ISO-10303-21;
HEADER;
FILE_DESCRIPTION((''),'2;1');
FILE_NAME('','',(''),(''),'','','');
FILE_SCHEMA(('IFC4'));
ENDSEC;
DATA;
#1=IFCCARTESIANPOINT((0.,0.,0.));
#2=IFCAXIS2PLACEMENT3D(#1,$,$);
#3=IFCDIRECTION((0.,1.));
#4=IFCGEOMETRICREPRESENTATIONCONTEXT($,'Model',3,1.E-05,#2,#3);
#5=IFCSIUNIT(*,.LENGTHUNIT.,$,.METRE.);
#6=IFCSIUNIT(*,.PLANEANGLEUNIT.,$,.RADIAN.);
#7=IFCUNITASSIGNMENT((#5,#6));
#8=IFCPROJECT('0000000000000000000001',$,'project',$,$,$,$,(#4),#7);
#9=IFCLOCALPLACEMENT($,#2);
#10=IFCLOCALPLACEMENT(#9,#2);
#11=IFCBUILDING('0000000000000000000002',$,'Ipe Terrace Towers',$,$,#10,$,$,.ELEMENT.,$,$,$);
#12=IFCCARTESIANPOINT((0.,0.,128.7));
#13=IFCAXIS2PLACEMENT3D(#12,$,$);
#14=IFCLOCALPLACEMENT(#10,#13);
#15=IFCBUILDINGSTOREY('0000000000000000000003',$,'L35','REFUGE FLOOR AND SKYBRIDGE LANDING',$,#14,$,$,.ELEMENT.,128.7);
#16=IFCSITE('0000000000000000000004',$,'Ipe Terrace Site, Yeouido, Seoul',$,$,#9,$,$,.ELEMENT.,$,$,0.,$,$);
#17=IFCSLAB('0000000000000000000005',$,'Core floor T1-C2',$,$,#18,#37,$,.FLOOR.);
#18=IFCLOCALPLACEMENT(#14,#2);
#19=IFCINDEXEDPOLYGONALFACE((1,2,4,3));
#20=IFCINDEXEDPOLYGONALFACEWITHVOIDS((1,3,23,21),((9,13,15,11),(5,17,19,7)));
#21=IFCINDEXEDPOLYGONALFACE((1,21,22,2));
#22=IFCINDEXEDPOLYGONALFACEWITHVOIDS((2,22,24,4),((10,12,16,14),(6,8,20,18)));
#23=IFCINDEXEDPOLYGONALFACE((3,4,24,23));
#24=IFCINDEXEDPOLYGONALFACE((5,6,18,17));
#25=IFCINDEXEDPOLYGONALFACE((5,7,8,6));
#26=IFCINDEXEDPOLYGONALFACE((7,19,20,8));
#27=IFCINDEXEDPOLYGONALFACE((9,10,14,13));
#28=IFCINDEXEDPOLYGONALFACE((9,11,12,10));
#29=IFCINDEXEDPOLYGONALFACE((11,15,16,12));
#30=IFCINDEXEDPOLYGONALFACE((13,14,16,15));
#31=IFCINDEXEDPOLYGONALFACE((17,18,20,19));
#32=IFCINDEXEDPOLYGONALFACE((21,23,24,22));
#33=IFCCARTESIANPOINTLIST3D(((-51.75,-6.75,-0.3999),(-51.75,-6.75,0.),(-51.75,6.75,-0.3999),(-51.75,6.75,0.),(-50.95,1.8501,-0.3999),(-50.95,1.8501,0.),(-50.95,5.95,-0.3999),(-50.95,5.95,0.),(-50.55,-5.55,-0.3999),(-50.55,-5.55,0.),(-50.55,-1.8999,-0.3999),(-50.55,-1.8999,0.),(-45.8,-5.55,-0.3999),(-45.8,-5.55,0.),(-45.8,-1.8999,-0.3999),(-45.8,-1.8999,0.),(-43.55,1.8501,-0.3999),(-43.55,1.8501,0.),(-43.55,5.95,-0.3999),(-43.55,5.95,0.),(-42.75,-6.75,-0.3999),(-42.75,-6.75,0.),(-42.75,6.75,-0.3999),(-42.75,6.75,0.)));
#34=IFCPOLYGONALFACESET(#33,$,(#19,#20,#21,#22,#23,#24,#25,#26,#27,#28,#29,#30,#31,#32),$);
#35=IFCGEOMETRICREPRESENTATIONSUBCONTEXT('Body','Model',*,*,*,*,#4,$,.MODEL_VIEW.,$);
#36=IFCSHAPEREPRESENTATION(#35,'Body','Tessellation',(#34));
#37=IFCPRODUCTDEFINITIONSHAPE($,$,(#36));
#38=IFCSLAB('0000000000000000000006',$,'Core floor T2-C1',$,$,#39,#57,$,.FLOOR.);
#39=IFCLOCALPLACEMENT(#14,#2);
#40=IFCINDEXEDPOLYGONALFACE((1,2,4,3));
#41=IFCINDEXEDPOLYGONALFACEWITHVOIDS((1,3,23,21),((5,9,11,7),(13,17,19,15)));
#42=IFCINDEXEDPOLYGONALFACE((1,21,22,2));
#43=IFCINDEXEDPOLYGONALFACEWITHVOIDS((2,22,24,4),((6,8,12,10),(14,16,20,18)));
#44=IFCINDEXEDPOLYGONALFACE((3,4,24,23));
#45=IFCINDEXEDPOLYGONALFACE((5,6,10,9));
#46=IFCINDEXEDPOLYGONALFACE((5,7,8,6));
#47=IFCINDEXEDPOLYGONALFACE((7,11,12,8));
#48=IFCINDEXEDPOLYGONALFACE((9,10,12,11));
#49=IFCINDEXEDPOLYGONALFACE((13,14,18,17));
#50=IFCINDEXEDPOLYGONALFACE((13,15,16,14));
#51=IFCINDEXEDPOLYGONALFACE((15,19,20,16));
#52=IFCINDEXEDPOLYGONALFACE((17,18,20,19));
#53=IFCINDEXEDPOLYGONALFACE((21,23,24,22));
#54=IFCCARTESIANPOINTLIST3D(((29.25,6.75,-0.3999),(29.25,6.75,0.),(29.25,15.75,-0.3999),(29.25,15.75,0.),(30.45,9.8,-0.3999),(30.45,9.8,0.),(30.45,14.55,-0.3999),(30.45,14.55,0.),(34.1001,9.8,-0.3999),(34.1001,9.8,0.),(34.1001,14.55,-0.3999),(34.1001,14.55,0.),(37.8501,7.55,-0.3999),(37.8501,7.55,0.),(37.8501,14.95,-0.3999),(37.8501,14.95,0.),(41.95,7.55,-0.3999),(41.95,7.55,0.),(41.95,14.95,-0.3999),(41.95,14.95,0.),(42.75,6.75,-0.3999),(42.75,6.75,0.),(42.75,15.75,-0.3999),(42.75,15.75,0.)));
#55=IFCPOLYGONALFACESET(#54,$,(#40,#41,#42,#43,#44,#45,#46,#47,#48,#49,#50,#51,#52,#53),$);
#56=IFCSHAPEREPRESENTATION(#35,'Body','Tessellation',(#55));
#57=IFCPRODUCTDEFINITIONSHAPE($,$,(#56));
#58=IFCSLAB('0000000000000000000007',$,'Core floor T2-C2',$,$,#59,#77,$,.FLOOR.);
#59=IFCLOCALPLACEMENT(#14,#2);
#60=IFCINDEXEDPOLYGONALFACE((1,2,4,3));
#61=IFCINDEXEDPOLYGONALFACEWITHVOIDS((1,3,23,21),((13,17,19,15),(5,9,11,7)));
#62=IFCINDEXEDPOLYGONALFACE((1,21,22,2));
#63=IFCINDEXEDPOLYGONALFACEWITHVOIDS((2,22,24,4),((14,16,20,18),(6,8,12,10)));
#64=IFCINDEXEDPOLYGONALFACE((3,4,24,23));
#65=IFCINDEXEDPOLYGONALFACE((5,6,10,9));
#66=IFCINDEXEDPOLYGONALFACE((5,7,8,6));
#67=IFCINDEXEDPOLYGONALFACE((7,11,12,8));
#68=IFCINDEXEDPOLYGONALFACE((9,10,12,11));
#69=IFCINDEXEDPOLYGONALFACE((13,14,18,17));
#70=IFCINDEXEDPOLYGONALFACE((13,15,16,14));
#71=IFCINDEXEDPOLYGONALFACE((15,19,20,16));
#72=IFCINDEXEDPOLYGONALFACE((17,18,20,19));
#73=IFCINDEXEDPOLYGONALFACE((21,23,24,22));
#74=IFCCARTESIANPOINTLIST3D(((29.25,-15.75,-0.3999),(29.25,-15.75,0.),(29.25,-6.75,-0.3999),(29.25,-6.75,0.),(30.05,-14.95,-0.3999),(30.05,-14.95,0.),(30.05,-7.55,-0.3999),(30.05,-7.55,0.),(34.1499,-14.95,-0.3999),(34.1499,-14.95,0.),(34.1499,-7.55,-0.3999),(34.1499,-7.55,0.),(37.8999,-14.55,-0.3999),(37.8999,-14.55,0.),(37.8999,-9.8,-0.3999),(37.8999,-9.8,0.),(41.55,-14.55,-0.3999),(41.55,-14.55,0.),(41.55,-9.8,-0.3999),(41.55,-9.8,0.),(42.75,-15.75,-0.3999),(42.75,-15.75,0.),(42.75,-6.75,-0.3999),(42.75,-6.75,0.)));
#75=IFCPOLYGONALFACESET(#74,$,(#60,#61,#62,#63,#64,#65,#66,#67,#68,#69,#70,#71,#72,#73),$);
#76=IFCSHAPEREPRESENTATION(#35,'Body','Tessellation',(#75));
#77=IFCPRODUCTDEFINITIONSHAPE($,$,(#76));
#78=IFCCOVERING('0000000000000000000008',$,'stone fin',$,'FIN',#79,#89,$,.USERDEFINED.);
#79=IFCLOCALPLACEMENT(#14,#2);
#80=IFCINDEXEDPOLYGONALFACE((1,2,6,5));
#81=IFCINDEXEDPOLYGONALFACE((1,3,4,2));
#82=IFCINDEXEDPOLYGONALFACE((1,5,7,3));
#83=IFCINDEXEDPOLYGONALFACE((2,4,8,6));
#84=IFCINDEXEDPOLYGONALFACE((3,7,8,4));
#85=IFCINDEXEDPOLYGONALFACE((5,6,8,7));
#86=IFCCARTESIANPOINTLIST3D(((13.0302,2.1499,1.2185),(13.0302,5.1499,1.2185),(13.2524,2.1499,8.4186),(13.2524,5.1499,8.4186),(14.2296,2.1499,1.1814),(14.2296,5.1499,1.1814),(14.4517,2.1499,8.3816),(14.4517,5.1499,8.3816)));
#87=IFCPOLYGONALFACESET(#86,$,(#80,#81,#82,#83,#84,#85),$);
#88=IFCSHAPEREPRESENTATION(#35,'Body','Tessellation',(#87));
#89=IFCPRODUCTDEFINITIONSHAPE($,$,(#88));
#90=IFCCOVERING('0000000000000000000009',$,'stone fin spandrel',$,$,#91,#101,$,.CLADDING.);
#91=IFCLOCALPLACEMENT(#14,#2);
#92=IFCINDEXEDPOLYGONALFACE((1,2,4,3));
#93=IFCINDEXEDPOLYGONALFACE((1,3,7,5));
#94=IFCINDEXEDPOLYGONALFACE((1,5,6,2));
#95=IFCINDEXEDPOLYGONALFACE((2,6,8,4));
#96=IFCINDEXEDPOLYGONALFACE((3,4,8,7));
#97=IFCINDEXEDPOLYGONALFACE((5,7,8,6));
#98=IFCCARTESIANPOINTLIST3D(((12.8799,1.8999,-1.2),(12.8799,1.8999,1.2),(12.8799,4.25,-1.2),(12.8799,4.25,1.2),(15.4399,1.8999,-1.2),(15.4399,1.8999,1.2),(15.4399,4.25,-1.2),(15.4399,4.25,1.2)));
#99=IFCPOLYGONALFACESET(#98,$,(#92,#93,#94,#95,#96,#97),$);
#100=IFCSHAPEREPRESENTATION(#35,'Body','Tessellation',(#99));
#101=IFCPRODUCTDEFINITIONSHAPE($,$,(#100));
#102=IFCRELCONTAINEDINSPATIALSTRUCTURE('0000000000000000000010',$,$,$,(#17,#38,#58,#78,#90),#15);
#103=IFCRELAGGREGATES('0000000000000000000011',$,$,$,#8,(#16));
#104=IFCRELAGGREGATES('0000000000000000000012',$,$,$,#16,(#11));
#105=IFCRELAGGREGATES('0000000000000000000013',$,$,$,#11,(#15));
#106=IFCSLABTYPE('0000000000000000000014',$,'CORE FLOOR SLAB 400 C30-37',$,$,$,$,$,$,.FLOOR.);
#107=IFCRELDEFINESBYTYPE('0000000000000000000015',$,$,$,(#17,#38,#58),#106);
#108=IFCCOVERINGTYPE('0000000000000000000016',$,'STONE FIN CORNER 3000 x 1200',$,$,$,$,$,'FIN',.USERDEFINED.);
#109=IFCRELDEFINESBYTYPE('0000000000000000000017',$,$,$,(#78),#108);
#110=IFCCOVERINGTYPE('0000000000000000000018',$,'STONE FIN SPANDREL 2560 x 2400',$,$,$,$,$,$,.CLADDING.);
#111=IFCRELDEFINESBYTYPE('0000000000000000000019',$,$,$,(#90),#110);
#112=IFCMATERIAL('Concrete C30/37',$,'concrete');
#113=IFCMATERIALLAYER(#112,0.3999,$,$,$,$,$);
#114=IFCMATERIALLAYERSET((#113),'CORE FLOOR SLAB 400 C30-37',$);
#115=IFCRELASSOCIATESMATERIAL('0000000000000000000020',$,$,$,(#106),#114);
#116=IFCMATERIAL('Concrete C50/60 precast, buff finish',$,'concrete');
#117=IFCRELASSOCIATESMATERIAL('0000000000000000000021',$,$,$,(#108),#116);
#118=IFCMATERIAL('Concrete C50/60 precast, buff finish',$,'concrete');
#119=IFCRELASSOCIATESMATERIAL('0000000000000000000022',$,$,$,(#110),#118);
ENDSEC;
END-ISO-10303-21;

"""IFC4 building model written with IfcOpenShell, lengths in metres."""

from ifc_helpers import new_model, si_unit, direction, frame, origin, origin_2d, place, context, subcontext, project, spatial, polyline, rectangle, outline, extrude, material, layer, layer_set, material_profile, profile_set, type_object, element, save


model = new_model("IFC4")

# Units and contexts
model_context = context("Model", 3, precision=1e-05, world=origin(), true_north=direction((0.0, 1.0)))
body_context = subcontext(model_context, "Body", "Model", "MODEL_VIEW")
ifc_project = project(units=[si_unit("LENGTHUNIT", "METRE"), si_unit("PLANEANGLEUNIT", "RADIAN")], contexts=[model_context])

# Site, building, storey
site_placement = place(None, origin())
site = spatial("IfcSite", under=ifc_project, at=site_placement, Name="Ipe Terrace Site, Yeouido, Seoul", CompositionType="ELEMENT", RefElevation=0.0)
building_placement = place(site_placement, origin())
building = spatial("IfcBuilding", under=site, at=building_placement, Name="Ipe Terrace Towers", CompositionType="ELEMENT")
storey_placement = place(building_placement, frame((0.0, 0.0, 128.7)))
storey = spatial("IfcBuildingStorey", under=building, at=storey_placement, Name="L35", Description="REFUGE FLOOR AND SKYBRIDGE LANDING", CompositionType="ELEMENT", Elevation=128.7)

# Slabs
ifc_material_1 = material(Name="Concrete C30/37", Category="concrete")
ifc_layer_1 = layer(ifc_material_1, 0.3999)
ifc_layer_set_1 = layer_set([ifc_layer_1], Name="CORE FLOOR SLAB 400 C30-37")
slab_type = type_object("IfcSlabType", Name="CORE FLOOR SLAB 400 C30-37", PredefinedType="FLOOR", material=ifc_layer_set_1)
slab_1_placement = place(storey_placement, frame((0.0, 0.0, -0.3999)))
element("IfcSlab", 1, at=slab_1_placement, inside=storey, type_object=slab_type, Name="Core floor T1-C2", PredefinedType="FLOOR", context=body_context, shape_type="SweptSolid", body=[
    extrude(outline(polyline([(-51.75, -6.75), (-51.75, 6.75), (-42.75, 6.75), (-42.75, -6.75), (-51.75, -6.75)]), holes=[polyline([(-45.8, -5.55), (-45.8, -1.8999), (-50.55, -1.8999), (-50.55, -5.55), (-45.8, -5.55)]), polyline([(-50.95, 1.8501), (-43.55, 1.8501), (-43.55, 5.95), (-50.95, 5.95), (-50.95, 1.8501)])]), origin(), (0.0, 0.0, 1.0), 0.3999),
])
slab_2_placement = place(storey_placement, frame((0.0, 0.0, -0.3999)))
element("IfcSlab", 2, at=slab_2_placement, inside=storey, type_object=slab_type, Name="Core floor T2-C1", PredefinedType="FLOOR", context=body_context, shape_type="SweptSolid", body=[
    extrude(outline(polyline([(29.25, 6.75), (29.25, 15.75), (42.75, 15.75), (42.75, 6.75), (29.25, 6.75)]), holes=[polyline([(41.95, 7.55), (41.95, 14.95), (37.8501, 14.95), (37.8501, 7.55), (41.95, 7.55)]), polyline([(30.45, 9.8), (34.1001, 9.8), (34.1001, 14.55), (30.45, 14.55), (30.45, 9.8)])]), origin(), (0.0, 0.0, 1.0), 0.3999),
])
slab_3_placement = place(storey_placement, frame((0.0, 0.0, -0.3999)))
element("IfcSlab", 3, at=slab_3_placement, inside=storey, type_object=slab_type, Name="Core floor T2-C2", PredefinedType="FLOOR", context=body_context, shape_type="SweptSolid", body=[
    extrude(outline(polyline([(29.25, -15.75), (29.25, -6.75), (42.75, -6.75), (42.75, -15.75), (29.25, -15.75)]), holes=[polyline([(34.1499, -14.95), (34.1499, -7.55), (30.05, -7.55), (30.05, -14.95), (34.1499, -14.95)]), polyline([(41.55, -9.8), (37.8999, -9.8), (37.8999, -14.55), (41.55, -14.55), (41.55, -9.8)])]), origin(), (0.0, 0.0, 1.0), 0.3999),
])

# Coverings
ifc_material_2 = material(Name="Concrete C50/60 precast, buff finish", Category="concrete")
ifc_material_profile_1 = material_profile(ifc_material_2, rectangle(XDim=3.0, YDim=1.2, at=origin_2d()), Name="STONE FIN CORNER 3000 x 1200")
ifc_profile_set_1 = profile_set([ifc_material_profile_1], Name="Concrete C50/60 precast, buff finish")
covering_type_1 = type_object("IfcCoveringType", Name="STONE FIN CORNER 3000 x 1200", ElementType="FIN", PredefinedType="USERDEFINED", material=ifc_profile_set_1)
covering_1_placement = place(storey_placement, frame((13.6299, 3.6499, 1.2), z_axis=(0.030841, 0.0, 0.999524), x_axis=(0.0, -1.0, 0.0)))
element("IfcCovering", 4, at=covering_1_placement, inside=storey, type_object=covering_type_1, Name="stone fin", ObjectType="FIN", PredefinedType="USERDEFINED", context=body_context, shape_type="SweptSolid", body=[
    extrude(rectangle(XDim=3.0, YDim=1.2, at=origin_2d()), origin(), (0.0, 0.0, 1.0), 7.2036),
])
ifc_material_3 = material(Name="Concrete C50/60 precast, buff finish", Category="concrete")
ifc_material_profile_2 = material_profile(ifc_material_3, rectangle(XDim=2.5601, YDim=2.3999, at=origin_2d()), Name="STONE FIN SPANDREL 2560 x 2400")
ifc_profile_set_2 = profile_set([ifc_material_profile_2], Name="Concrete C50/60 precast, buff finish")
covering_type_2 = type_object("IfcCoveringType", Name="STONE FIN SPANDREL 2560 x 2400", PredefinedType="CLADDING", material=ifc_profile_set_2)
covering_2_placement = place(storey_placement, frame((14.1599, 4.25, 0.0), z_axis=(0.0, -1.0, 0.0), x_axis=(-1.0, 0.0, 0.0)))
element("IfcCovering", 5, at=covering_2_placement, inside=storey, type_object=covering_type_2, Name="stone fin spandrel", PredefinedType="CLADDING", context=body_context, shape_type="SweptSolid", body=[
    extrude(rectangle(XDim=2.5601, YDim=2.3999, at=origin_2d()), origin(), (0.0, 0.0, 1.0), 2.3501),
])

save(model, "model.ifc")
